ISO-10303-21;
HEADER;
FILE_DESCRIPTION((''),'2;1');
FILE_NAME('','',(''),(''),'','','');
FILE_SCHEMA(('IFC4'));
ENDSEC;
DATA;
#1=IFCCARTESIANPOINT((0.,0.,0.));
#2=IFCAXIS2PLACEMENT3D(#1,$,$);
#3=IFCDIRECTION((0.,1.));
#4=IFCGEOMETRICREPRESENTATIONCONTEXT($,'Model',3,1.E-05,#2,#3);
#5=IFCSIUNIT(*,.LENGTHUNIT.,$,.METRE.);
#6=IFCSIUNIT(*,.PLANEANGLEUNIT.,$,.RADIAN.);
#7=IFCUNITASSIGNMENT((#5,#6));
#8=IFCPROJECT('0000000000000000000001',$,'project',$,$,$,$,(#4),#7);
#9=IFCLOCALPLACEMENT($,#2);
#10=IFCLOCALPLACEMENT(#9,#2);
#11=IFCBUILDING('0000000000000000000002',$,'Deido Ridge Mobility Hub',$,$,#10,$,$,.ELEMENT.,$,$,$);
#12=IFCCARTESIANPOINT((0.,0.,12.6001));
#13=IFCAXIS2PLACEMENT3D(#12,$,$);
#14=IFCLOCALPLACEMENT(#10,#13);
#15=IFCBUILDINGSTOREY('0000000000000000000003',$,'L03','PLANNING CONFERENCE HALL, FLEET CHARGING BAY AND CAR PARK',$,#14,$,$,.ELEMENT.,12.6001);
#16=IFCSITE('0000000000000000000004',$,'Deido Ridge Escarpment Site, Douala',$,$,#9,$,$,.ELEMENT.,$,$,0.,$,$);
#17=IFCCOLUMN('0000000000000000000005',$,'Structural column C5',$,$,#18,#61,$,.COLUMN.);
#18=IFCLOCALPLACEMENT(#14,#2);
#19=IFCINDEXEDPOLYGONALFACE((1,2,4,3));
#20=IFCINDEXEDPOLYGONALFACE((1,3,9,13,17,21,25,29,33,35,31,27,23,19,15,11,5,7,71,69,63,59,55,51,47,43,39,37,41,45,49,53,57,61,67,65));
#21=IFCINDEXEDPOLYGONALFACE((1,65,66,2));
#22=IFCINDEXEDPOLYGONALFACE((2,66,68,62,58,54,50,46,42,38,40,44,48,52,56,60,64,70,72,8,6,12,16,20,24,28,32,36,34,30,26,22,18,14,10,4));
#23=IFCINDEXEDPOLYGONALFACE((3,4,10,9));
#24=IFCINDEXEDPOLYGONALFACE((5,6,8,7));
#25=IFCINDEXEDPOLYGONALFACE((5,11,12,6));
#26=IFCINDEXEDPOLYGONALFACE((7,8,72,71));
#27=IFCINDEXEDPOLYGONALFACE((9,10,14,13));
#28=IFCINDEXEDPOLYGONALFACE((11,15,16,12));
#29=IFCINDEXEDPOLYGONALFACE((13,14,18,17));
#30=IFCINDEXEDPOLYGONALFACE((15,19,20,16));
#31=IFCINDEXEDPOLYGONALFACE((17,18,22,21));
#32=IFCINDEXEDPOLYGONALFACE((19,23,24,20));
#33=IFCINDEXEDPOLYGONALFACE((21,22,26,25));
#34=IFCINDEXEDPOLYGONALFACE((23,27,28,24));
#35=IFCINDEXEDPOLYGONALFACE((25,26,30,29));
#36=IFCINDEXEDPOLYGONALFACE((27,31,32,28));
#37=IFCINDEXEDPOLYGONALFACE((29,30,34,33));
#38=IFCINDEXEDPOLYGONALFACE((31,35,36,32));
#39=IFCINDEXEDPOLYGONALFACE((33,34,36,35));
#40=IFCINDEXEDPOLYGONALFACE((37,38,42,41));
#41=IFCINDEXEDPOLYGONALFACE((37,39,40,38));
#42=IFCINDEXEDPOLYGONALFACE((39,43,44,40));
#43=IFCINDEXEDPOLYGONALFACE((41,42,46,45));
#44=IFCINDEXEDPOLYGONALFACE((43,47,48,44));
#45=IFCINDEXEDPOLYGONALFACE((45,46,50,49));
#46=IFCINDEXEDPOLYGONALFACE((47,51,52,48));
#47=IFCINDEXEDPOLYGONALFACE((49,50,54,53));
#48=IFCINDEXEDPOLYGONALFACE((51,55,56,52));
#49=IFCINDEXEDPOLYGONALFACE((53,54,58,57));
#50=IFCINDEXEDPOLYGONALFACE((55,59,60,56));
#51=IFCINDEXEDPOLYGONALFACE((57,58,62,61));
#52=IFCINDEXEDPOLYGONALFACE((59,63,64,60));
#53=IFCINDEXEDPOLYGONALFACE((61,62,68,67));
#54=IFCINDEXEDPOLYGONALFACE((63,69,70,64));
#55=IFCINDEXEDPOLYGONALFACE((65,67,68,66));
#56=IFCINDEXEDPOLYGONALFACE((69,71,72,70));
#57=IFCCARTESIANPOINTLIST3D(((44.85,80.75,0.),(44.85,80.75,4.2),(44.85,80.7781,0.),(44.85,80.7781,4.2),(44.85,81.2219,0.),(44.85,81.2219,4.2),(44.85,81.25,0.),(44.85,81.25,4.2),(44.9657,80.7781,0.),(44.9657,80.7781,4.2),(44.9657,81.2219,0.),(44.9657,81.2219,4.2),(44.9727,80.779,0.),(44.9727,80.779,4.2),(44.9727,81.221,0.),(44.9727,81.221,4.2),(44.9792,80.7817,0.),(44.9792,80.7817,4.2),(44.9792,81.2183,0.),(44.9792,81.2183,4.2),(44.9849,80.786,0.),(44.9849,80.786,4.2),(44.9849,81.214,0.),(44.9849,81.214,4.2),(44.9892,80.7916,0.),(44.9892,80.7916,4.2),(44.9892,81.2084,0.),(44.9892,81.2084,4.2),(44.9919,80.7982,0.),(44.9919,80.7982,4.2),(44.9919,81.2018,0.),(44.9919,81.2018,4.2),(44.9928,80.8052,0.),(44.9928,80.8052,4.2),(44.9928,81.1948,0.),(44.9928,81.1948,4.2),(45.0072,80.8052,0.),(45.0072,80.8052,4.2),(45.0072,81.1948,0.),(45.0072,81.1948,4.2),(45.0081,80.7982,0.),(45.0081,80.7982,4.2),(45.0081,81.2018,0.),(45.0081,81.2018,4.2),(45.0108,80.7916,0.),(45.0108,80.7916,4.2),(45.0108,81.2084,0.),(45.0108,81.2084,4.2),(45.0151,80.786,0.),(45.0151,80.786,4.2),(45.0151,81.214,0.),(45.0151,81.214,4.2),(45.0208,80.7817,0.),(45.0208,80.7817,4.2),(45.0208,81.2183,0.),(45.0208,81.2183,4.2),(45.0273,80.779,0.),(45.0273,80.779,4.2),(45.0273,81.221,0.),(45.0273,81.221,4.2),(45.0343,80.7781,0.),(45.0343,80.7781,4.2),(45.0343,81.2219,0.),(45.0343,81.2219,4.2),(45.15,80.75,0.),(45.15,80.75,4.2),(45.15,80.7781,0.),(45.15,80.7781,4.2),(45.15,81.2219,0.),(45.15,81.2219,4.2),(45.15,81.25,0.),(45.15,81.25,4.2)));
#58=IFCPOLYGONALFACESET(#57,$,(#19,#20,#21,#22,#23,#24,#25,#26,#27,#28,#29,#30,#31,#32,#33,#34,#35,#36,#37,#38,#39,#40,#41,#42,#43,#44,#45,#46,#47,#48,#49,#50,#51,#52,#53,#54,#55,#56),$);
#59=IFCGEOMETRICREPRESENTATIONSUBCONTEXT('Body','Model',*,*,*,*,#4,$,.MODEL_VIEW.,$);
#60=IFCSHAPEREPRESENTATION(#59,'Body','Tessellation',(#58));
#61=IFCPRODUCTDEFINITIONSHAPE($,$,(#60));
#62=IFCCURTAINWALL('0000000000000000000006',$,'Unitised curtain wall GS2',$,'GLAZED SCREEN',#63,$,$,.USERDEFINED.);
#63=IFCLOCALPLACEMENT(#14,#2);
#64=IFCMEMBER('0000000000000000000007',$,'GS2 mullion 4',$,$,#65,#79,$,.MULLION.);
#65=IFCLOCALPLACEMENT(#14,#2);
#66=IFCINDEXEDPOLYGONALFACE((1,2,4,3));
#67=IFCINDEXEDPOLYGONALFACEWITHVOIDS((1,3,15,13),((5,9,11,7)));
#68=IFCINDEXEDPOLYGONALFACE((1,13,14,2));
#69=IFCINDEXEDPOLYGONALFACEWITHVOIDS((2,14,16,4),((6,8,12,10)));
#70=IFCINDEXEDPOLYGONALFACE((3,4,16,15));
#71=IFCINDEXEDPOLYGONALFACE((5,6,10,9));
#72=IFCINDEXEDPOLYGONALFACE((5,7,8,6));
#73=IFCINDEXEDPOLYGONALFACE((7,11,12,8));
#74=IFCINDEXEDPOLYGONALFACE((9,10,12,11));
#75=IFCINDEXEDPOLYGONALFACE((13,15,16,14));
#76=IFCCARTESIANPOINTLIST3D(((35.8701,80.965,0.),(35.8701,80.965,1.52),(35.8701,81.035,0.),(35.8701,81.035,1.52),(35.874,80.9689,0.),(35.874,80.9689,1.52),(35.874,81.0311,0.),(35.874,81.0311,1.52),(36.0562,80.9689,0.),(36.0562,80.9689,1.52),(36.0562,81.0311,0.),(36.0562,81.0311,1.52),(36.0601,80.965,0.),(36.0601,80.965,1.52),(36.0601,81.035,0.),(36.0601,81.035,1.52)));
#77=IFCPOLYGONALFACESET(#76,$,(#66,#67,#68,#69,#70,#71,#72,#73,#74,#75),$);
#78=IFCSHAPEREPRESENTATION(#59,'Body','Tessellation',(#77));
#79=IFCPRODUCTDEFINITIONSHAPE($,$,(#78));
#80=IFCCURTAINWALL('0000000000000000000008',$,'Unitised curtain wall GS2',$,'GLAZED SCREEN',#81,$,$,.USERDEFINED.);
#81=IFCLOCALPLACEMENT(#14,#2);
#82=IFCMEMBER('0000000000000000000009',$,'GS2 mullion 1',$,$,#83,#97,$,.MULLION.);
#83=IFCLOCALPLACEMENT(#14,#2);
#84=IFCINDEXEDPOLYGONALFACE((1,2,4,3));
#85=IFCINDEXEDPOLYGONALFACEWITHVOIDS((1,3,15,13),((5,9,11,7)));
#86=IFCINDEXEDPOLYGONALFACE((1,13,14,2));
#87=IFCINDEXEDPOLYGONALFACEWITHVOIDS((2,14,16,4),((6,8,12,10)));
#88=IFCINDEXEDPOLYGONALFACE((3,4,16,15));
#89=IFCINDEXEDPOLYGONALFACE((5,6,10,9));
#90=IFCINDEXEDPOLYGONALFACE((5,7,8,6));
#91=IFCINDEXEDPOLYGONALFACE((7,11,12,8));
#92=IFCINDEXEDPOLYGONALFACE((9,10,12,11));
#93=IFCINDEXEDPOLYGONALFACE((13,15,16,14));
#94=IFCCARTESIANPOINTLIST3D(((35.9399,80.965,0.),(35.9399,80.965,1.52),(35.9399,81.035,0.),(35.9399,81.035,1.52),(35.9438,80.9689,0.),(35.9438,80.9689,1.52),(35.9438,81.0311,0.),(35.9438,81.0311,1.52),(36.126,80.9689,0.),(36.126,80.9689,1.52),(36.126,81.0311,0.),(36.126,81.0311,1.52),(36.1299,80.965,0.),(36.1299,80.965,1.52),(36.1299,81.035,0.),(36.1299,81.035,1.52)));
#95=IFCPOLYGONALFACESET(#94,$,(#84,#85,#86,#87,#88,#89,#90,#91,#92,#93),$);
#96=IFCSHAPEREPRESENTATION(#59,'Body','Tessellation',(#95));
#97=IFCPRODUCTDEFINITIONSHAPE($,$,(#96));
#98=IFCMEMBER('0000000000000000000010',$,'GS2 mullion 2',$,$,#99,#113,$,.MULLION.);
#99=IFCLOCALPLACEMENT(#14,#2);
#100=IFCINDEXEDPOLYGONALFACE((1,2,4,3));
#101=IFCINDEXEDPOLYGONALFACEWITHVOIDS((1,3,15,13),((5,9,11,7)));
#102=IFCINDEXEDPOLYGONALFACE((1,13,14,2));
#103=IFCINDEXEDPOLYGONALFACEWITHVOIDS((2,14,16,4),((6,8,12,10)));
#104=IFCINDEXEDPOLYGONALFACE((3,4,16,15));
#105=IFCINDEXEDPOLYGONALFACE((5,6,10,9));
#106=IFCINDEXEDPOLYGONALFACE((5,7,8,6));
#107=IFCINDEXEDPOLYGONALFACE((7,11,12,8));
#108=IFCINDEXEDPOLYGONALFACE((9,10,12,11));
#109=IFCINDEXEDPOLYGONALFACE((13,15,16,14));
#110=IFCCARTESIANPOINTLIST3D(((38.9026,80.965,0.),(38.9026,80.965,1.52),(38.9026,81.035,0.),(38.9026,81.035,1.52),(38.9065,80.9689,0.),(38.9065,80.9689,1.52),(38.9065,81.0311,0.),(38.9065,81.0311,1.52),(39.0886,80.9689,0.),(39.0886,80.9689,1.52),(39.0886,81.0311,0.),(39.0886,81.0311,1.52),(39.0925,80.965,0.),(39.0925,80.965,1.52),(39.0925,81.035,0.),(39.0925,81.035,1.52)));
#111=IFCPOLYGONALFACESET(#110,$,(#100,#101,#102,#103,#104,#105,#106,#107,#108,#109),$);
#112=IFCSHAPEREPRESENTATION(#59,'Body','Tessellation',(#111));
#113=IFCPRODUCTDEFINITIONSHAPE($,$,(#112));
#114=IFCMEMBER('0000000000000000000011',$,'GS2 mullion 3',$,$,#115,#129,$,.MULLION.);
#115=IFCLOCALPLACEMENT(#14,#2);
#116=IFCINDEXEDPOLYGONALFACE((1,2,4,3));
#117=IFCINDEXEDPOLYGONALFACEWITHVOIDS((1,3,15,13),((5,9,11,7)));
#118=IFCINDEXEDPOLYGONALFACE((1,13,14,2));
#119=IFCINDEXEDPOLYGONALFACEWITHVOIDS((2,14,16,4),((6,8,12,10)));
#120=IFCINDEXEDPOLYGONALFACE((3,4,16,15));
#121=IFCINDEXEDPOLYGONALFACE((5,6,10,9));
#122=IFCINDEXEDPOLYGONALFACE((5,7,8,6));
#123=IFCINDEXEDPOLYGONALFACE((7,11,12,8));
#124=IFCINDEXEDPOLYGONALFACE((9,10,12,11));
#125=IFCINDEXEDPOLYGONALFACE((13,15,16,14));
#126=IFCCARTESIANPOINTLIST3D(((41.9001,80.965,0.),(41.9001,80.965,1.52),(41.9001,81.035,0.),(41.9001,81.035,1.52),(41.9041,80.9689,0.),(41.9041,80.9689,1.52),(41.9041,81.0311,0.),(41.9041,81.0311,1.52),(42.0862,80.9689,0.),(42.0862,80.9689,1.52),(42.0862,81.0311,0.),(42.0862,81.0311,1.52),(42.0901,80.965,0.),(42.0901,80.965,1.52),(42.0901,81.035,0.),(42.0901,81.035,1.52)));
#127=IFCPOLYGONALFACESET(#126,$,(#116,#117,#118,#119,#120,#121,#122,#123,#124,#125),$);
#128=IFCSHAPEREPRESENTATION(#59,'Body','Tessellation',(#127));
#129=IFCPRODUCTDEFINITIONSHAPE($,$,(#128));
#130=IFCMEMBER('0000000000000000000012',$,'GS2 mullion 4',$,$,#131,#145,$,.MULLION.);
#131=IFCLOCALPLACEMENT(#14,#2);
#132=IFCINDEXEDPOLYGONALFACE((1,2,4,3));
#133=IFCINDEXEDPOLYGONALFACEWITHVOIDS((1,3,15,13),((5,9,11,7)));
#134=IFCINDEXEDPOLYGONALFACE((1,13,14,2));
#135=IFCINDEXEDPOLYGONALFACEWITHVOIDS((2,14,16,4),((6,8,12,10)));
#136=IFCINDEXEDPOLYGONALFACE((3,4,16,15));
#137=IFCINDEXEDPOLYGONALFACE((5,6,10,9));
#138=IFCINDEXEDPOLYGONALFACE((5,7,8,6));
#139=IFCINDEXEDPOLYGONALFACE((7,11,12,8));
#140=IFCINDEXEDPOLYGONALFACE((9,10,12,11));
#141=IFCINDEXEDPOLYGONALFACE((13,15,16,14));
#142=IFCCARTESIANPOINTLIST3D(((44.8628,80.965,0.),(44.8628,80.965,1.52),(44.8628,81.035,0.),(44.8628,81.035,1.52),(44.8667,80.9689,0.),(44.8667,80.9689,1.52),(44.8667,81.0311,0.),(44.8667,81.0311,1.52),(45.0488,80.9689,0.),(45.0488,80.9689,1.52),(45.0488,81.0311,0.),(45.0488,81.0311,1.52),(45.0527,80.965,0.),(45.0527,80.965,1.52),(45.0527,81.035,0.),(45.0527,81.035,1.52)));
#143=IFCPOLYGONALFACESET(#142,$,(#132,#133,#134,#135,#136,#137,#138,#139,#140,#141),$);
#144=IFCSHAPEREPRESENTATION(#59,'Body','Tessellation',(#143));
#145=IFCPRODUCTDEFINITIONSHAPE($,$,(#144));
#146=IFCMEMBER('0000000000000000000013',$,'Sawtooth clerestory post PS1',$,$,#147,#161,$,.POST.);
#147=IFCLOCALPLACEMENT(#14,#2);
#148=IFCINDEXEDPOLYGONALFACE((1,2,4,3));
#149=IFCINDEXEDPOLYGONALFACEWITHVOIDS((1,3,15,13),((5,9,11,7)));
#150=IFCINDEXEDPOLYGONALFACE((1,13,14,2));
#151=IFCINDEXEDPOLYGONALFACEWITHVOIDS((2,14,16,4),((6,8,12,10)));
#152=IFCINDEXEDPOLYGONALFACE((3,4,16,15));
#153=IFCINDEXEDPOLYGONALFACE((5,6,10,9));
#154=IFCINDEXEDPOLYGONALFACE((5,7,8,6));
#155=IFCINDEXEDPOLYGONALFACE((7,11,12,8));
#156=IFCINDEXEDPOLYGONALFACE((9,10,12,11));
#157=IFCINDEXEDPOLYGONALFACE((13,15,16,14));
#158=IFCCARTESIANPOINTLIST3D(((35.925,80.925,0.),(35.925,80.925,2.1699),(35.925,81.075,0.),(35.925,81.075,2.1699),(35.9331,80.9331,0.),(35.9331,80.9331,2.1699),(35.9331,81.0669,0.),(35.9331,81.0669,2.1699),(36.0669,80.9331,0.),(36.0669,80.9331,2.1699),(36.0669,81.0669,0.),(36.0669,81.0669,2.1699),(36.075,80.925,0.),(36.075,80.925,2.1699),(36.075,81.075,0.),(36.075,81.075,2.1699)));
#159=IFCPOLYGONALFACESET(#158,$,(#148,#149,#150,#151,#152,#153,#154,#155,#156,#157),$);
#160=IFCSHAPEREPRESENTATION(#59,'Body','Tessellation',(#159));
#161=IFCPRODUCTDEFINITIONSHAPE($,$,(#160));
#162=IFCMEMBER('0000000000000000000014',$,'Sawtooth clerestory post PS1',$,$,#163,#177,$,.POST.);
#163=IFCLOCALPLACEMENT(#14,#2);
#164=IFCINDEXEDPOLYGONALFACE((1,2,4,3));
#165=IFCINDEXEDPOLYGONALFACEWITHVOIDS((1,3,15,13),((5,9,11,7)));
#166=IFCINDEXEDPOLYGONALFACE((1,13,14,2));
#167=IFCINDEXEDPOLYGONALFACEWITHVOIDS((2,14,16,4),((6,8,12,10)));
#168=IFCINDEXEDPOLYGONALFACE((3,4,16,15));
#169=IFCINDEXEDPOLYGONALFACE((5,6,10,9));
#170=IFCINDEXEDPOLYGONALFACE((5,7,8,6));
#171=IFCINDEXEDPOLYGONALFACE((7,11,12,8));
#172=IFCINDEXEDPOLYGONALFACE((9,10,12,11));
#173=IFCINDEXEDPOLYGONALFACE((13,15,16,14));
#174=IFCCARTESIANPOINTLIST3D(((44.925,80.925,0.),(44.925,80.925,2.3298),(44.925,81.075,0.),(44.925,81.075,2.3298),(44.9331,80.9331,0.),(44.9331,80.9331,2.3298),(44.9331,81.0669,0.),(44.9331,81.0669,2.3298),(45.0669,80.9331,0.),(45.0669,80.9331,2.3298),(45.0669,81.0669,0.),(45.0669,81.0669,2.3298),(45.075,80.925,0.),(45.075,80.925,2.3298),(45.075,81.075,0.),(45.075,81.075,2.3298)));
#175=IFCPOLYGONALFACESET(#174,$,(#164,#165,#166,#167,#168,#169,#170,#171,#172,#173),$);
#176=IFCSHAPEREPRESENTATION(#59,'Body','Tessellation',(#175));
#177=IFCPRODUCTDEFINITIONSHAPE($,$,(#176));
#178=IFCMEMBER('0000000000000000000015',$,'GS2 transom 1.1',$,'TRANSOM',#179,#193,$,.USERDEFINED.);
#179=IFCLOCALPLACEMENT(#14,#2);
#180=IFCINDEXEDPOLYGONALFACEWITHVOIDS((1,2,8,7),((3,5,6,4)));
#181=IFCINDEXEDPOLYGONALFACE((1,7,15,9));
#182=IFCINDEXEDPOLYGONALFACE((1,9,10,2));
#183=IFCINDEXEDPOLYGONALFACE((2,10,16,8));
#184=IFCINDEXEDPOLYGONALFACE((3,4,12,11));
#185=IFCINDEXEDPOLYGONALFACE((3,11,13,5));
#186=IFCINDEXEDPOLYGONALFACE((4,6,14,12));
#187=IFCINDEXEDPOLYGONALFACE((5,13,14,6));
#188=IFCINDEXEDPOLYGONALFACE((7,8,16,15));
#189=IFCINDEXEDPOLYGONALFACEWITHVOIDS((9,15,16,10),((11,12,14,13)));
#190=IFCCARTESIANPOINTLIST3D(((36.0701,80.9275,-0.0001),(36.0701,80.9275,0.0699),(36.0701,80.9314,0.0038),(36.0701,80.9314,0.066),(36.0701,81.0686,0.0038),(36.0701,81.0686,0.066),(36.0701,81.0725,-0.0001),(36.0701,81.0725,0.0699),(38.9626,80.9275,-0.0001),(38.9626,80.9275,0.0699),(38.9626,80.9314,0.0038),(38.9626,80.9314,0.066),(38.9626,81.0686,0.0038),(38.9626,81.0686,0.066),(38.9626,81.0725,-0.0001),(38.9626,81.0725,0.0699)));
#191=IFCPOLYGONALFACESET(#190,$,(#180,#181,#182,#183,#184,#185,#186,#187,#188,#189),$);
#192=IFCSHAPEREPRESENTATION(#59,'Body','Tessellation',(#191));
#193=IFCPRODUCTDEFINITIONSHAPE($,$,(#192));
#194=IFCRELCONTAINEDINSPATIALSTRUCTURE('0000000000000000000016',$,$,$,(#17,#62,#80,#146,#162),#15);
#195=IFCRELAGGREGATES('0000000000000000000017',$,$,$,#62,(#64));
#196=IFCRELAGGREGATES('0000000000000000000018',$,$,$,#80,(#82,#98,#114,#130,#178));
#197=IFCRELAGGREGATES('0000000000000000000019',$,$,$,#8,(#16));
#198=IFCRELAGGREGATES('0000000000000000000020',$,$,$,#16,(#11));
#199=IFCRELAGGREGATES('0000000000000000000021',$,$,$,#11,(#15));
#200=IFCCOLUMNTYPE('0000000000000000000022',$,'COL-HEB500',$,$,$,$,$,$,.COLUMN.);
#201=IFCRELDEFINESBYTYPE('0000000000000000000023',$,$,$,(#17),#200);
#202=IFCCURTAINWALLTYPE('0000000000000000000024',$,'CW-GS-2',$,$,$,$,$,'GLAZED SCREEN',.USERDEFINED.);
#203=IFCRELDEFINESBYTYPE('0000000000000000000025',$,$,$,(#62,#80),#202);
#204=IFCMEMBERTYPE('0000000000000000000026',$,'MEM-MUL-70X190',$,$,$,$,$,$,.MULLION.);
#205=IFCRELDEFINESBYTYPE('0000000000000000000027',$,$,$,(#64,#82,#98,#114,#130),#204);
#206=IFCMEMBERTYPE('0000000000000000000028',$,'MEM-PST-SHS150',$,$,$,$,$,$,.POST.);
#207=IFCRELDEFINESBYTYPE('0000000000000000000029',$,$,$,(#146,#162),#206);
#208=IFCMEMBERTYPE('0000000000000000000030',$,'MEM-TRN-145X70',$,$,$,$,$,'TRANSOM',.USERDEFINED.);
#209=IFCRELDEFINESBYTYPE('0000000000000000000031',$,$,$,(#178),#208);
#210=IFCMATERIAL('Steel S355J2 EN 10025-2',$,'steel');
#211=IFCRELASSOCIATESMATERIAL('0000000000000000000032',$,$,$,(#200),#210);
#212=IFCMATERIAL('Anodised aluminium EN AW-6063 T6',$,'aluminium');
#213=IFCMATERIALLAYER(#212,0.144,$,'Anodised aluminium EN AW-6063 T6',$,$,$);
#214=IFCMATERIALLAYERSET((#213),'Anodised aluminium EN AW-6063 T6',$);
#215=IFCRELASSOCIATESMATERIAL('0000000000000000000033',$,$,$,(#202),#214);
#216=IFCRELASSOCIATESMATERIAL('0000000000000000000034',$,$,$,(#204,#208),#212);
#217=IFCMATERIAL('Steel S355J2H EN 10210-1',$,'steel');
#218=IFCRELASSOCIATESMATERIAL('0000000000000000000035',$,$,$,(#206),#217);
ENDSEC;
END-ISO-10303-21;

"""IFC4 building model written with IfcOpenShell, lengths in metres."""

from ifc_helpers import new_model, si_unit, direction, frame, origin, origin_2d, place, context, subcontext, project, spatial, hollow_rectangle, i_section, extrude, material, layer, layer_set, material_profile, profile_set, type_object, element, aggregate, save


model = new_model("IFC4")

# Units and contexts
model_context = context("Model", 3, precision=1e-05, world=origin(), true_north=direction((0.0, 1.0)))
body_context = subcontext(model_context, "Body", "Model", "MODEL_VIEW")
ifc_project = project(units=[si_unit("LENGTHUNIT", "METRE"), si_unit("PLANEANGLEUNIT", "RADIAN")], contexts=[model_context])

# Site, building, storey
site_placement = place(None, origin())
site = spatial("IfcSite", under=ifc_project, at=site_placement, Name="Deido Ridge Escarpment Site, Douala", CompositionType="ELEMENT", RefElevation=0.0)
building_placement = place(site_placement, origin())
building = spatial("IfcBuilding", under=site, at=building_placement, Name="Deido Ridge Mobility Hub", CompositionType="ELEMENT")
storey_placement = place(building_placement, frame((0.0, 0.0, 12.6001)))
storey = spatial("IfcBuildingStorey", under=building, at=storey_placement, Name="L03", Description="PLANNING CONFERENCE HALL, FLEET CHARGING BAY AND CAR PARK", CompositionType="ELEMENT", Elevation=12.6001)

# Column
ifc_material_1 = material(Name="Steel S355J2 EN 10025-2", Category="steel")
ifc_material_profile_1 = material_profile(ifc_material_1, i_section(OverallWidth=0.3, OverallDepth=0.5, WebThickness=0.0144, FlangeThickness=0.0281, FilletRadius=0.0271, at=origin_2d()), Name="HEB 500")
ifc_profile_set_1 = profile_set([ifc_material_profile_1], Name="Steel S355J2 EN 10025-2")
column_type = type_object("IfcColumnType", Name="COL-HEB500", PredefinedType="COLUMN", material=ifc_profile_set_1)
column_placement = place(storey_placement, frame((45.0, 81.0, 0.0), z_axis=(0.0, 0.0, 1.0), x_axis=(1.0, 0.0, 0.0)))
element("IfcColumn", 1, at=column_placement, inside=storey, type_object=column_type, Name="Structural column C5", PredefinedType="COLUMN", context=body_context, shape_type="SweptSolid", body=[
    extrude(i_section(OverallWidth=0.3, OverallDepth=0.5, WebThickness=0.0144, FlangeThickness=0.0281, FilletRadius=0.0271, at=origin_2d()), origin(), (0.0, 0.0, 1.0), 4.2),
])

# Curtain wall, member
ifc_material_2 = material(Name="Anodised aluminium EN AW-6063 T6", Category="aluminium")
ifc_layer_1 = layer(ifc_material_2, 0.144, Name="Anodised aluminium EN AW-6063 T6")
ifc_layer_set_1 = layer_set([ifc_layer_1], Name="Anodised aluminium EN AW-6063 T6")
curtain_wall_type = type_object("IfcCurtainWallType", Name="CW-GS-2", ElementType="GLAZED SCREEN", PredefinedType="USERDEFINED", material=ifc_layer_set_1)
curtain_wall_1_placement = place(storey_placement, origin())
curtain_wall_1 = element("IfcCurtainWall", 2, at=curtain_wall_1_placement, inside=storey, type_object=curtain_wall_type, Name="Unitised curtain wall GS2", ObjectType="GLAZED SCREEN", PredefinedType="USERDEFINED")
ifc_material_profile_2 = material_profile(ifc_material_2, hollow_rectangle(XDim=0.0701, YDim=0.1899, WallThickness=0.0039, at=origin_2d()), Name="RHS 70x190x4")
ifc_profile_set_2 = profile_set([ifc_material_profile_2], Name="Anodised aluminium EN AW-6063 T6")
member_type_1 = type_object("IfcMemberType", Name="MEM-MUL-70X190", PredefinedType="MULLION", material=ifc_profile_set_2)
member_1_placement = place(storey_placement, frame((35.9651, 81.0, 0.0), z_axis=(0.0, 0.0, 1.0), x_axis=(0.0, 1.0, 0.0)))
member_1 = element("IfcMember", 3, at=member_1_placement, type_object=member_type_1, Name="GS2 mullion 4", PredefinedType="MULLION", context=body_context, shape_type="SweptSolid", body=[
    extrude(hollow_rectangle(XDim=0.0701, YDim=0.1899, WallThickness=0.0039, at=origin_2d()), origin(), (0.0, 0.0, 1.0), 1.52),
])
aggregate(curtain_wall_1, [member_1])

# Curtain wall, members
curtain_wall_2_placement = place(storey_placement, origin())
curtain_wall_2 = element("IfcCurtainWall", 4, at=curtain_wall_2_placement, inside=storey, type_object=curtain_wall_type, Name="Unitised curtain wall GS2", ObjectType="GLAZED SCREEN", PredefinedType="USERDEFINED")
member_2_placement = place(storey_placement, frame((36.0349, 81.0, 0.0), z_axis=(0.0, 0.0, 1.0), x_axis=(0.0, 1.0, 0.0)))
member_2 = element("IfcMember", 5, at=member_2_placement, type_object=member_type_1, Name="GS2 mullion 1", PredefinedType="MULLION", context=body_context, shape_type="SweptSolid", body=[
    extrude(hollow_rectangle(XDim=0.0701, YDim=0.1899, WallThickness=0.0039, at=origin_2d()), origin(), (0.0, 0.0, 1.0), 1.52),
])
member_3_placement = place(storey_placement, frame((38.9976, 81.0, 0.0), z_axis=(0.0, 0.0, 1.0), x_axis=(0.0, 1.0, 0.0)))
member_3 = element("IfcMember", 6, at=member_3_placement, type_object=member_type_1, Name="GS2 mullion 2", PredefinedType="MULLION", context=body_context, shape_type="SweptSolid", body=[
    extrude(hollow_rectangle(XDim=0.0701, YDim=0.1899, WallThickness=0.0039, at=origin_2d()), origin(), (0.0, 0.0, 1.0), 1.52),
])
member_4_placement = place(storey_placement, frame((41.9951, 81.0, 0.0), z_axis=(0.0, 0.0, 1.0), x_axis=(0.0, 1.0, 0.0)))
member_4 = element("IfcMember", 7, at=member_4_placement, type_object=member_type_1, Name="GS2 mullion 3", PredefinedType="MULLION", context=body_context, shape_type="SweptSolid", body=[
    extrude(hollow_rectangle(XDim=0.0701, YDim=0.1899, WallThickness=0.0039, at=origin_2d()), origin(), (0.0, 0.0, 1.0), 1.52),
])
member_5_placement = place(storey_placement, frame((44.9578, 81.0, 0.0), z_axis=(0.0, 0.0, 1.0), x_axis=(0.0, 1.0, 0.0)))
member_5 = element("IfcMember", 8, at=member_5_placement, type_object=member_type_1, Name="GS2 mullion 4", PredefinedType="MULLION", context=body_context, shape_type="SweptSolid", body=[
    extrude(hollow_rectangle(XDim=0.0701, YDim=0.1899, WallThickness=0.0039, at=origin_2d()), origin(), (0.0, 0.0, 1.0), 1.52),
])

# Members
ifc_material_3 = material(Name="Steel S355J2H EN 10210-1", Category="steel")
ifc_material_profile_3 = material_profile(ifc_material_3, hollow_rectangle(XDim=0.1499, YDim=0.1499, WallThickness=0.0081, at=origin_2d()), Name="SHS 150x150x8")
ifc_profile_set_3 = profile_set([ifc_material_profile_3], Name="Steel S355J2H EN 10210-1")
member_type_2 = type_object("IfcMemberType", Name="MEM-PST-SHS150", PredefinedType="POST", material=ifc_profile_set_3)
member_6_placement = place(storey_placement, frame((36.0, 81.0, 0.0), z_axis=(0.0, 0.0, 1.0), x_axis=(1.0, 0.0, 0.0)))
element("IfcMember", 9, at=member_6_placement, inside=storey, type_object=member_type_2, Name="Sawtooth clerestory post PS1", PredefinedType="POST", context=body_context, shape_type="SweptSolid", body=[
    extrude(hollow_rectangle(XDim=0.1499, YDim=0.1499, WallThickness=0.0081, at=origin_2d()), origin(), (0.0, 0.0, 1.0), 2.1699),
])
member_7_placement = place(storey_placement, frame((45.0, 81.0, 0.0), z_axis=(0.0, 0.0, 1.0), x_axis=(1.0, 0.0, 0.0)))
element("IfcMember", 10, at=member_7_placement, inside=storey, type_object=member_type_2, Name="Sawtooth clerestory post PS1", PredefinedType="POST", context=body_context, shape_type="SweptSolid", body=[
    extrude(hollow_rectangle(XDim=0.1499, YDim=0.1499, WallThickness=0.0081, at=origin_2d()), origin(), (0.0, 0.0, 1.0), 2.3298),
])

# Member
ifc_material_profile_4 = material_profile(ifc_material_2, hollow_rectangle(XDim=0.145, YDim=0.0701, WallThickness=0.0039, at=origin_2d()), Name="RHS 145x70x4")
ifc_profile_set_4 = profile_set([ifc_material_profile_4], Name="Anodised aluminium EN AW-6063 T6")
member_type_3 = type_object("IfcMemberType", Name="MEM-TRN-145X70", ElementType="TRANSOM", PredefinedType="USERDEFINED", material=ifc_profile_set_4)
member_8_placement = place(storey_placement, frame((36.0701, 81.0, 0.0349), z_axis=(1.0, 0.0, 0.0), x_axis=(0.0, 1.0, 0.0)))
member_8 = element("IfcMember", 11, at=member_8_placement, type_object=member_type_3, Name="GS2 transom 1.1", ObjectType="TRANSOM", PredefinedType="USERDEFINED", context=body_context, shape_type="SweptSolid", body=[
    extrude(hollow_rectangle(XDim=0.145, YDim=0.0701, WallThickness=0.0039, at=origin_2d()), origin(), (0.0, 0.0, 1.0), 2.8926),
])

aggregate(curtain_wall_2, [member_2, member_3, member_4, member_5, member_8])

save(model, "model.ifc")
